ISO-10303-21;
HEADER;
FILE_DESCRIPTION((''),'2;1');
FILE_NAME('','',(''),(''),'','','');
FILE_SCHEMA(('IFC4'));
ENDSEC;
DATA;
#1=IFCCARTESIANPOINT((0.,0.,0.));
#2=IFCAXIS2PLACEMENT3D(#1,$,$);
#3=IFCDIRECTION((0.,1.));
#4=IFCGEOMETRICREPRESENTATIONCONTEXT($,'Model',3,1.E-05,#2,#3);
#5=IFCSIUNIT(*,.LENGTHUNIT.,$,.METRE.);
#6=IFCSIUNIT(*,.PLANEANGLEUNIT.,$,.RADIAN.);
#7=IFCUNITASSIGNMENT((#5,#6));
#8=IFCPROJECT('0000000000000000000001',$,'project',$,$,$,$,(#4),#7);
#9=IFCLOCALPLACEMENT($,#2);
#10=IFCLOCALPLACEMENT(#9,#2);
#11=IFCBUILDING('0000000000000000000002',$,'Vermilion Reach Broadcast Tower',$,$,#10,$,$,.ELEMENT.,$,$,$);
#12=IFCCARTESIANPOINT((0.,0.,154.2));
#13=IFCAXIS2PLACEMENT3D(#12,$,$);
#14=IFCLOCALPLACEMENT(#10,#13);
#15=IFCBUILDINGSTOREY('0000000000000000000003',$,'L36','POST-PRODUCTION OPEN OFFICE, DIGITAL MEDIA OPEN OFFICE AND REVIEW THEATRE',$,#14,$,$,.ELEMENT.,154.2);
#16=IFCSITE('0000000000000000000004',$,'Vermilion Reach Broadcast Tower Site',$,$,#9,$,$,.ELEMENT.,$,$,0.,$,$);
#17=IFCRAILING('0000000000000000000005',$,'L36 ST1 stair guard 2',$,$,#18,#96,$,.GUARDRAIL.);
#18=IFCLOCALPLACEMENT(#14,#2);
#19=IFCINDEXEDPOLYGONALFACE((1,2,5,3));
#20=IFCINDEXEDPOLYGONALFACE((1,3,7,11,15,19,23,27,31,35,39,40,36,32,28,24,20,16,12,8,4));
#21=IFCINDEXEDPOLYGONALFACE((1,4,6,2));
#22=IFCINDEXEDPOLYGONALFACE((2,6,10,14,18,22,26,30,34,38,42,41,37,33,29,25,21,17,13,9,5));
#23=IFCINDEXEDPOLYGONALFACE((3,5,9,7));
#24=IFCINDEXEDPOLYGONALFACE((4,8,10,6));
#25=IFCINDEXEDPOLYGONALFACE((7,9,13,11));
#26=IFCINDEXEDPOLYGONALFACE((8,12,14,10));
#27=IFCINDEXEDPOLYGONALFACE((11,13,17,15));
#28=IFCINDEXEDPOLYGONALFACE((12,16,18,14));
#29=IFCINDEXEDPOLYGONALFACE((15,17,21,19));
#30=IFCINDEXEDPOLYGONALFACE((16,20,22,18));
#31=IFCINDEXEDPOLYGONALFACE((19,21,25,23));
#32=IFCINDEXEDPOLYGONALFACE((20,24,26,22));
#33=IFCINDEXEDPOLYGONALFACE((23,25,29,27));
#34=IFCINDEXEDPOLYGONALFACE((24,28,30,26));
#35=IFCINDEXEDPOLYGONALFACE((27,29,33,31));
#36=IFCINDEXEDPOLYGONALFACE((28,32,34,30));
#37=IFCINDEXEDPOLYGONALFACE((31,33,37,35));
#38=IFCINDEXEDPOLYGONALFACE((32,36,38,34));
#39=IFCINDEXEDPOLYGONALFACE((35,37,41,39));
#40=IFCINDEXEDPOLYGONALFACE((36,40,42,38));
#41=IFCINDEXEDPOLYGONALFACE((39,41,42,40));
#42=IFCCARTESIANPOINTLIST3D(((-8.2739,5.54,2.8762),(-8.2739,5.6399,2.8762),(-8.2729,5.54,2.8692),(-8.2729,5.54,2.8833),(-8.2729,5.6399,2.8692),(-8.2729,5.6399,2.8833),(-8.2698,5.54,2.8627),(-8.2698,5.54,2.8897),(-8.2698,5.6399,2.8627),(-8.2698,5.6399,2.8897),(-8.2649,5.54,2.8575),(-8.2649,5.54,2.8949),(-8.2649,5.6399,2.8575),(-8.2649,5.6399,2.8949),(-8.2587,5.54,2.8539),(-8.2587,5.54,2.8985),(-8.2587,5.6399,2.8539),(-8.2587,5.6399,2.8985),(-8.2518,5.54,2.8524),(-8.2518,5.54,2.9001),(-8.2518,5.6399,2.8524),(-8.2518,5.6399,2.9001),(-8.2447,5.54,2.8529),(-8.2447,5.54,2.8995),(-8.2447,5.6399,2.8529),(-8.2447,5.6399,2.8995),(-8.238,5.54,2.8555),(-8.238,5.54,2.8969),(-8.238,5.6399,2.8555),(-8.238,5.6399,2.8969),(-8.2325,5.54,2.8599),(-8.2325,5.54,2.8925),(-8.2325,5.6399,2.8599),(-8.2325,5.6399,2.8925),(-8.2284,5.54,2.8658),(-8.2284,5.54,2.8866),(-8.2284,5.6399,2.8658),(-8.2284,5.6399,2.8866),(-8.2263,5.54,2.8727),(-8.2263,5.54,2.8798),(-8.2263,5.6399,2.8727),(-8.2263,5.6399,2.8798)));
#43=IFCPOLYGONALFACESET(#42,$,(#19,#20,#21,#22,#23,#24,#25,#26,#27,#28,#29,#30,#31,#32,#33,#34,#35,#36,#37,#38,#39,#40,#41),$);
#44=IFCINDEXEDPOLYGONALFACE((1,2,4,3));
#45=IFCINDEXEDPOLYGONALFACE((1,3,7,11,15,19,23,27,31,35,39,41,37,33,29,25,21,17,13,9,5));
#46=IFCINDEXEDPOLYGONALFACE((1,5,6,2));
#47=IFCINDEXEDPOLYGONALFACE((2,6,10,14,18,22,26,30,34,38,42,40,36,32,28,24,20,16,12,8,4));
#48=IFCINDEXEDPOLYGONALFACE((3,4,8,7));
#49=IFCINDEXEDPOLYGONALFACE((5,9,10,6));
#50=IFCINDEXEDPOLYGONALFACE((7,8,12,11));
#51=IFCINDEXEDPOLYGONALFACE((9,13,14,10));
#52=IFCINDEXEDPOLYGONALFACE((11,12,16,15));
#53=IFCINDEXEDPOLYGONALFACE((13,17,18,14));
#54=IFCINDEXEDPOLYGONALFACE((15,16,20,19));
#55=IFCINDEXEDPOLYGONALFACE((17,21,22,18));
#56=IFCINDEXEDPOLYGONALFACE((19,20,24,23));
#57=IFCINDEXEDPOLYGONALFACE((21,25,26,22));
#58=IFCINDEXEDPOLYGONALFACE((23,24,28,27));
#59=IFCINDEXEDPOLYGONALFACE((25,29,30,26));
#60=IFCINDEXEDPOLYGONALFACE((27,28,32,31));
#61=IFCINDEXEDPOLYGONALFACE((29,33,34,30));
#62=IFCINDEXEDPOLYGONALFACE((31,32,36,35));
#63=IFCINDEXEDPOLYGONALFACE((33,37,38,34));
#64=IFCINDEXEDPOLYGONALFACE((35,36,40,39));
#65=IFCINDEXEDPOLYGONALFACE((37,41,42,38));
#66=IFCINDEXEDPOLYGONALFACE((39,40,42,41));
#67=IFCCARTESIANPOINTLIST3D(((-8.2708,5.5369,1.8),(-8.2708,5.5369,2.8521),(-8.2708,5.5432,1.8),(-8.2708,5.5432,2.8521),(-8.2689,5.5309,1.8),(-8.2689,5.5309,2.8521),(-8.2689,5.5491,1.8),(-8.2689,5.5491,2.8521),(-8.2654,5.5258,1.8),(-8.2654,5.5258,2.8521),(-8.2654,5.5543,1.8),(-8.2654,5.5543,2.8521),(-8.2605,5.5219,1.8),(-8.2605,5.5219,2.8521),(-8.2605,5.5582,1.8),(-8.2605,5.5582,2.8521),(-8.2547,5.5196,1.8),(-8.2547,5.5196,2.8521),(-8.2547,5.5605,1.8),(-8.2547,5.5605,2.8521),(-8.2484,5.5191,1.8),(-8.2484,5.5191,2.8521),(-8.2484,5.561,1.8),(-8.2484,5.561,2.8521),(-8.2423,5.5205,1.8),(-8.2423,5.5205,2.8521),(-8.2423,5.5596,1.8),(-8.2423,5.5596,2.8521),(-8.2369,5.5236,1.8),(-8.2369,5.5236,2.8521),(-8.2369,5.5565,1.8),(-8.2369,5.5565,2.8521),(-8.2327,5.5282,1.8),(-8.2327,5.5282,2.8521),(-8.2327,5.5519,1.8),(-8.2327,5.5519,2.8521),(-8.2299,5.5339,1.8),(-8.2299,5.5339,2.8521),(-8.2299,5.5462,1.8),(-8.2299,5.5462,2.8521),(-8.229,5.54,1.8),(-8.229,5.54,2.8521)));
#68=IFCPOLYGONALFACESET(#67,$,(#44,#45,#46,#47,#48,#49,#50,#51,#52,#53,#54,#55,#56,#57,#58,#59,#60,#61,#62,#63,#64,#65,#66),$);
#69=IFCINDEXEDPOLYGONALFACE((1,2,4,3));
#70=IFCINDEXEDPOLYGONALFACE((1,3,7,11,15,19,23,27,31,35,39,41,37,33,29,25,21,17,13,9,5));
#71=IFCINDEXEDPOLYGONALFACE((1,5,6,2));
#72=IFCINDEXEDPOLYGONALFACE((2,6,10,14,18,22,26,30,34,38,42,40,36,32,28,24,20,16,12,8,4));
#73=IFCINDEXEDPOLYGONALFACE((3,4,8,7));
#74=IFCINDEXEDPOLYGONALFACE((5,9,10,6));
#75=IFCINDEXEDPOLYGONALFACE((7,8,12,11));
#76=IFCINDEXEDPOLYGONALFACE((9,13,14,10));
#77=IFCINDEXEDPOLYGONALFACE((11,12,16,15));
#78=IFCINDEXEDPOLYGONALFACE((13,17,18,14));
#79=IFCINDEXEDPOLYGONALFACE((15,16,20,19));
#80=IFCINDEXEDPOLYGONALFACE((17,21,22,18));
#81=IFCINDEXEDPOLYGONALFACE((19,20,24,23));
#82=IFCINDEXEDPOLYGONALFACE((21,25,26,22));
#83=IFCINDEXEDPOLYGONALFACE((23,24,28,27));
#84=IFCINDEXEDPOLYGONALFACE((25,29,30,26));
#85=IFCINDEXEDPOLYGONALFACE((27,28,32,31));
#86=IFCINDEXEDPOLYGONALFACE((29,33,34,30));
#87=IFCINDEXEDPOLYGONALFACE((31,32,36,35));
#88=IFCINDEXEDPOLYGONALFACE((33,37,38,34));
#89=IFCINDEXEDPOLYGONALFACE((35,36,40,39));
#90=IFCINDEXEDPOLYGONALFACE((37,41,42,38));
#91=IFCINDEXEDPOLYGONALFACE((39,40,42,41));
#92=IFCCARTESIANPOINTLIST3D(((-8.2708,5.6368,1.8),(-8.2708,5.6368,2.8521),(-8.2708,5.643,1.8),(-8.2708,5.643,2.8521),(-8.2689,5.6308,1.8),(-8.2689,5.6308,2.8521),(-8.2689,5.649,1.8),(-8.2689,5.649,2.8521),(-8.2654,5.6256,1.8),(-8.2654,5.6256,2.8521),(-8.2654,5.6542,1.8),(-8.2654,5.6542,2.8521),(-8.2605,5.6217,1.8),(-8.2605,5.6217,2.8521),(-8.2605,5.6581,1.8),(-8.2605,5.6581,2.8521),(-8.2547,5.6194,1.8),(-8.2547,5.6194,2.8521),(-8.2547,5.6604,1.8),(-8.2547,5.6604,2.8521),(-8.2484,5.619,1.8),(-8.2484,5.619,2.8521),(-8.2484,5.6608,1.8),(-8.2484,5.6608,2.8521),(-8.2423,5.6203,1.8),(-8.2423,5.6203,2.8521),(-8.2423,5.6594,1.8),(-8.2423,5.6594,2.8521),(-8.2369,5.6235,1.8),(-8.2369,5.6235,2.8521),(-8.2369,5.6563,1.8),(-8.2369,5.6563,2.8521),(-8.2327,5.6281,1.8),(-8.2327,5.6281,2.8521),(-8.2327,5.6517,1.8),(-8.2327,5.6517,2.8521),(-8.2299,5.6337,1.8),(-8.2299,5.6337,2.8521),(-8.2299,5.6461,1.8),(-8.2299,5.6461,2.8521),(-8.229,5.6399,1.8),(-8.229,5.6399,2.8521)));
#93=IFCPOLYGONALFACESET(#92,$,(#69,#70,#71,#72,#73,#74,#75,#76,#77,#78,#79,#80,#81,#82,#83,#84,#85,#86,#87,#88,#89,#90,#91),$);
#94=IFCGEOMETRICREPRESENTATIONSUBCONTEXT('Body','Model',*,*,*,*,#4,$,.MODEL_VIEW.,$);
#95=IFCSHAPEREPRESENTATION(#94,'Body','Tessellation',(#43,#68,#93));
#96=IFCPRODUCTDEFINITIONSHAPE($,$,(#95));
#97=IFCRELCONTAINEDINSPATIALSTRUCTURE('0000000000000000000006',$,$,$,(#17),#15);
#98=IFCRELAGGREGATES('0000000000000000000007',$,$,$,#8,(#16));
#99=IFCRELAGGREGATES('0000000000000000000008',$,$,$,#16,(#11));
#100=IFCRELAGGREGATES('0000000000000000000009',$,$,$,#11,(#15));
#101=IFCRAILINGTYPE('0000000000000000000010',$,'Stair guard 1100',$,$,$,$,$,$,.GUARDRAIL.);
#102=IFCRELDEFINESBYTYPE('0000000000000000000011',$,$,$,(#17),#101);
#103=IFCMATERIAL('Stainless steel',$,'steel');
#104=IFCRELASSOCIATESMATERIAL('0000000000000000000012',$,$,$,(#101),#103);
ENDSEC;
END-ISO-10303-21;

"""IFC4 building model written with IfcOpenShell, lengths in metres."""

from ifc_helpers import new_model, si_unit, direction, frame, origin, origin_2d, place, context, subcontext, project, spatial, circle, extrude, material, type_object, element, save


model = new_model("IFC4")

# Units and contexts
model_context = context("Model", 3, precision=1e-05, world=origin(), true_north=direction((0.0, 1.0)))
body_context = subcontext(model_context, "Body", "Model", "MODEL_VIEW")
ifc_project = project(units=[si_unit("LENGTHUNIT", "METRE"), si_unit("PLANEANGLEUNIT", "RADIAN")], contexts=[model_context])

# Site, building, storey
site_placement = place(None, origin())
site = spatial("IfcSite", under=ifc_project, at=site_placement, Name="Vermilion Reach Broadcast Tower Site", CompositionType="ELEMENT", RefElevation=0.0)
building_placement = place(site_placement, origin())
building = spatial("IfcBuilding", under=site, at=building_placement, Name="Vermilion Reach Broadcast Tower", CompositionType="ELEMENT")
storey_placement = place(building_placement, frame((0.0, 0.0, 154.2)))
storey = spatial("IfcBuildingStorey", under=building, at=storey_placement, Name="L36", Description="POST-PRODUCTION OPEN OFFICE, DIGITAL MEDIA OPEN OFFICE AND REVIEW THEATRE", CompositionType="ELEMENT", Elevation=154.2)

# Railing
ifc_material_1 = material(Name="Stainless steel", Category="steel")
railing_type_1 = type_object("IfcRailingType", Name="Stair guard 1100", PredefinedType="GUARDRAIL", material=ifc_material_1)
railing_1_placement = place(storey_placement, frame((-8.25, 5.54, 1.8)))
element("IfcRailing", 1, at=railing_1_placement, inside=storey, type_object=railing_type_1, Name="L36 ST1 stair guard 2", PredefinedType="GUARDRAIL", context=body_context, shape_type="SweptSolid", body=[
    extrude(circle(Radius=0.0239, at=origin_2d()), frame((0.0, 0.0, 1.0762), z_axis=(0.0, 1.0, 0.0), x_axis=(-1.0, 0.0, 0.0)), (0.0, 0.0, 1.0), 0.0999),
    extrude(circle(Radius=0.021, at=origin_2d()), origin(), (0.0, 0.0, 1.0), 1.052),
    extrude(circle(Radius=0.021, at=origin_2d()), frame((0.0, 0.0999, 0.0)), (0.0, 0.0, 1.0), 1.052),
])

save(model, "model.ifc")
